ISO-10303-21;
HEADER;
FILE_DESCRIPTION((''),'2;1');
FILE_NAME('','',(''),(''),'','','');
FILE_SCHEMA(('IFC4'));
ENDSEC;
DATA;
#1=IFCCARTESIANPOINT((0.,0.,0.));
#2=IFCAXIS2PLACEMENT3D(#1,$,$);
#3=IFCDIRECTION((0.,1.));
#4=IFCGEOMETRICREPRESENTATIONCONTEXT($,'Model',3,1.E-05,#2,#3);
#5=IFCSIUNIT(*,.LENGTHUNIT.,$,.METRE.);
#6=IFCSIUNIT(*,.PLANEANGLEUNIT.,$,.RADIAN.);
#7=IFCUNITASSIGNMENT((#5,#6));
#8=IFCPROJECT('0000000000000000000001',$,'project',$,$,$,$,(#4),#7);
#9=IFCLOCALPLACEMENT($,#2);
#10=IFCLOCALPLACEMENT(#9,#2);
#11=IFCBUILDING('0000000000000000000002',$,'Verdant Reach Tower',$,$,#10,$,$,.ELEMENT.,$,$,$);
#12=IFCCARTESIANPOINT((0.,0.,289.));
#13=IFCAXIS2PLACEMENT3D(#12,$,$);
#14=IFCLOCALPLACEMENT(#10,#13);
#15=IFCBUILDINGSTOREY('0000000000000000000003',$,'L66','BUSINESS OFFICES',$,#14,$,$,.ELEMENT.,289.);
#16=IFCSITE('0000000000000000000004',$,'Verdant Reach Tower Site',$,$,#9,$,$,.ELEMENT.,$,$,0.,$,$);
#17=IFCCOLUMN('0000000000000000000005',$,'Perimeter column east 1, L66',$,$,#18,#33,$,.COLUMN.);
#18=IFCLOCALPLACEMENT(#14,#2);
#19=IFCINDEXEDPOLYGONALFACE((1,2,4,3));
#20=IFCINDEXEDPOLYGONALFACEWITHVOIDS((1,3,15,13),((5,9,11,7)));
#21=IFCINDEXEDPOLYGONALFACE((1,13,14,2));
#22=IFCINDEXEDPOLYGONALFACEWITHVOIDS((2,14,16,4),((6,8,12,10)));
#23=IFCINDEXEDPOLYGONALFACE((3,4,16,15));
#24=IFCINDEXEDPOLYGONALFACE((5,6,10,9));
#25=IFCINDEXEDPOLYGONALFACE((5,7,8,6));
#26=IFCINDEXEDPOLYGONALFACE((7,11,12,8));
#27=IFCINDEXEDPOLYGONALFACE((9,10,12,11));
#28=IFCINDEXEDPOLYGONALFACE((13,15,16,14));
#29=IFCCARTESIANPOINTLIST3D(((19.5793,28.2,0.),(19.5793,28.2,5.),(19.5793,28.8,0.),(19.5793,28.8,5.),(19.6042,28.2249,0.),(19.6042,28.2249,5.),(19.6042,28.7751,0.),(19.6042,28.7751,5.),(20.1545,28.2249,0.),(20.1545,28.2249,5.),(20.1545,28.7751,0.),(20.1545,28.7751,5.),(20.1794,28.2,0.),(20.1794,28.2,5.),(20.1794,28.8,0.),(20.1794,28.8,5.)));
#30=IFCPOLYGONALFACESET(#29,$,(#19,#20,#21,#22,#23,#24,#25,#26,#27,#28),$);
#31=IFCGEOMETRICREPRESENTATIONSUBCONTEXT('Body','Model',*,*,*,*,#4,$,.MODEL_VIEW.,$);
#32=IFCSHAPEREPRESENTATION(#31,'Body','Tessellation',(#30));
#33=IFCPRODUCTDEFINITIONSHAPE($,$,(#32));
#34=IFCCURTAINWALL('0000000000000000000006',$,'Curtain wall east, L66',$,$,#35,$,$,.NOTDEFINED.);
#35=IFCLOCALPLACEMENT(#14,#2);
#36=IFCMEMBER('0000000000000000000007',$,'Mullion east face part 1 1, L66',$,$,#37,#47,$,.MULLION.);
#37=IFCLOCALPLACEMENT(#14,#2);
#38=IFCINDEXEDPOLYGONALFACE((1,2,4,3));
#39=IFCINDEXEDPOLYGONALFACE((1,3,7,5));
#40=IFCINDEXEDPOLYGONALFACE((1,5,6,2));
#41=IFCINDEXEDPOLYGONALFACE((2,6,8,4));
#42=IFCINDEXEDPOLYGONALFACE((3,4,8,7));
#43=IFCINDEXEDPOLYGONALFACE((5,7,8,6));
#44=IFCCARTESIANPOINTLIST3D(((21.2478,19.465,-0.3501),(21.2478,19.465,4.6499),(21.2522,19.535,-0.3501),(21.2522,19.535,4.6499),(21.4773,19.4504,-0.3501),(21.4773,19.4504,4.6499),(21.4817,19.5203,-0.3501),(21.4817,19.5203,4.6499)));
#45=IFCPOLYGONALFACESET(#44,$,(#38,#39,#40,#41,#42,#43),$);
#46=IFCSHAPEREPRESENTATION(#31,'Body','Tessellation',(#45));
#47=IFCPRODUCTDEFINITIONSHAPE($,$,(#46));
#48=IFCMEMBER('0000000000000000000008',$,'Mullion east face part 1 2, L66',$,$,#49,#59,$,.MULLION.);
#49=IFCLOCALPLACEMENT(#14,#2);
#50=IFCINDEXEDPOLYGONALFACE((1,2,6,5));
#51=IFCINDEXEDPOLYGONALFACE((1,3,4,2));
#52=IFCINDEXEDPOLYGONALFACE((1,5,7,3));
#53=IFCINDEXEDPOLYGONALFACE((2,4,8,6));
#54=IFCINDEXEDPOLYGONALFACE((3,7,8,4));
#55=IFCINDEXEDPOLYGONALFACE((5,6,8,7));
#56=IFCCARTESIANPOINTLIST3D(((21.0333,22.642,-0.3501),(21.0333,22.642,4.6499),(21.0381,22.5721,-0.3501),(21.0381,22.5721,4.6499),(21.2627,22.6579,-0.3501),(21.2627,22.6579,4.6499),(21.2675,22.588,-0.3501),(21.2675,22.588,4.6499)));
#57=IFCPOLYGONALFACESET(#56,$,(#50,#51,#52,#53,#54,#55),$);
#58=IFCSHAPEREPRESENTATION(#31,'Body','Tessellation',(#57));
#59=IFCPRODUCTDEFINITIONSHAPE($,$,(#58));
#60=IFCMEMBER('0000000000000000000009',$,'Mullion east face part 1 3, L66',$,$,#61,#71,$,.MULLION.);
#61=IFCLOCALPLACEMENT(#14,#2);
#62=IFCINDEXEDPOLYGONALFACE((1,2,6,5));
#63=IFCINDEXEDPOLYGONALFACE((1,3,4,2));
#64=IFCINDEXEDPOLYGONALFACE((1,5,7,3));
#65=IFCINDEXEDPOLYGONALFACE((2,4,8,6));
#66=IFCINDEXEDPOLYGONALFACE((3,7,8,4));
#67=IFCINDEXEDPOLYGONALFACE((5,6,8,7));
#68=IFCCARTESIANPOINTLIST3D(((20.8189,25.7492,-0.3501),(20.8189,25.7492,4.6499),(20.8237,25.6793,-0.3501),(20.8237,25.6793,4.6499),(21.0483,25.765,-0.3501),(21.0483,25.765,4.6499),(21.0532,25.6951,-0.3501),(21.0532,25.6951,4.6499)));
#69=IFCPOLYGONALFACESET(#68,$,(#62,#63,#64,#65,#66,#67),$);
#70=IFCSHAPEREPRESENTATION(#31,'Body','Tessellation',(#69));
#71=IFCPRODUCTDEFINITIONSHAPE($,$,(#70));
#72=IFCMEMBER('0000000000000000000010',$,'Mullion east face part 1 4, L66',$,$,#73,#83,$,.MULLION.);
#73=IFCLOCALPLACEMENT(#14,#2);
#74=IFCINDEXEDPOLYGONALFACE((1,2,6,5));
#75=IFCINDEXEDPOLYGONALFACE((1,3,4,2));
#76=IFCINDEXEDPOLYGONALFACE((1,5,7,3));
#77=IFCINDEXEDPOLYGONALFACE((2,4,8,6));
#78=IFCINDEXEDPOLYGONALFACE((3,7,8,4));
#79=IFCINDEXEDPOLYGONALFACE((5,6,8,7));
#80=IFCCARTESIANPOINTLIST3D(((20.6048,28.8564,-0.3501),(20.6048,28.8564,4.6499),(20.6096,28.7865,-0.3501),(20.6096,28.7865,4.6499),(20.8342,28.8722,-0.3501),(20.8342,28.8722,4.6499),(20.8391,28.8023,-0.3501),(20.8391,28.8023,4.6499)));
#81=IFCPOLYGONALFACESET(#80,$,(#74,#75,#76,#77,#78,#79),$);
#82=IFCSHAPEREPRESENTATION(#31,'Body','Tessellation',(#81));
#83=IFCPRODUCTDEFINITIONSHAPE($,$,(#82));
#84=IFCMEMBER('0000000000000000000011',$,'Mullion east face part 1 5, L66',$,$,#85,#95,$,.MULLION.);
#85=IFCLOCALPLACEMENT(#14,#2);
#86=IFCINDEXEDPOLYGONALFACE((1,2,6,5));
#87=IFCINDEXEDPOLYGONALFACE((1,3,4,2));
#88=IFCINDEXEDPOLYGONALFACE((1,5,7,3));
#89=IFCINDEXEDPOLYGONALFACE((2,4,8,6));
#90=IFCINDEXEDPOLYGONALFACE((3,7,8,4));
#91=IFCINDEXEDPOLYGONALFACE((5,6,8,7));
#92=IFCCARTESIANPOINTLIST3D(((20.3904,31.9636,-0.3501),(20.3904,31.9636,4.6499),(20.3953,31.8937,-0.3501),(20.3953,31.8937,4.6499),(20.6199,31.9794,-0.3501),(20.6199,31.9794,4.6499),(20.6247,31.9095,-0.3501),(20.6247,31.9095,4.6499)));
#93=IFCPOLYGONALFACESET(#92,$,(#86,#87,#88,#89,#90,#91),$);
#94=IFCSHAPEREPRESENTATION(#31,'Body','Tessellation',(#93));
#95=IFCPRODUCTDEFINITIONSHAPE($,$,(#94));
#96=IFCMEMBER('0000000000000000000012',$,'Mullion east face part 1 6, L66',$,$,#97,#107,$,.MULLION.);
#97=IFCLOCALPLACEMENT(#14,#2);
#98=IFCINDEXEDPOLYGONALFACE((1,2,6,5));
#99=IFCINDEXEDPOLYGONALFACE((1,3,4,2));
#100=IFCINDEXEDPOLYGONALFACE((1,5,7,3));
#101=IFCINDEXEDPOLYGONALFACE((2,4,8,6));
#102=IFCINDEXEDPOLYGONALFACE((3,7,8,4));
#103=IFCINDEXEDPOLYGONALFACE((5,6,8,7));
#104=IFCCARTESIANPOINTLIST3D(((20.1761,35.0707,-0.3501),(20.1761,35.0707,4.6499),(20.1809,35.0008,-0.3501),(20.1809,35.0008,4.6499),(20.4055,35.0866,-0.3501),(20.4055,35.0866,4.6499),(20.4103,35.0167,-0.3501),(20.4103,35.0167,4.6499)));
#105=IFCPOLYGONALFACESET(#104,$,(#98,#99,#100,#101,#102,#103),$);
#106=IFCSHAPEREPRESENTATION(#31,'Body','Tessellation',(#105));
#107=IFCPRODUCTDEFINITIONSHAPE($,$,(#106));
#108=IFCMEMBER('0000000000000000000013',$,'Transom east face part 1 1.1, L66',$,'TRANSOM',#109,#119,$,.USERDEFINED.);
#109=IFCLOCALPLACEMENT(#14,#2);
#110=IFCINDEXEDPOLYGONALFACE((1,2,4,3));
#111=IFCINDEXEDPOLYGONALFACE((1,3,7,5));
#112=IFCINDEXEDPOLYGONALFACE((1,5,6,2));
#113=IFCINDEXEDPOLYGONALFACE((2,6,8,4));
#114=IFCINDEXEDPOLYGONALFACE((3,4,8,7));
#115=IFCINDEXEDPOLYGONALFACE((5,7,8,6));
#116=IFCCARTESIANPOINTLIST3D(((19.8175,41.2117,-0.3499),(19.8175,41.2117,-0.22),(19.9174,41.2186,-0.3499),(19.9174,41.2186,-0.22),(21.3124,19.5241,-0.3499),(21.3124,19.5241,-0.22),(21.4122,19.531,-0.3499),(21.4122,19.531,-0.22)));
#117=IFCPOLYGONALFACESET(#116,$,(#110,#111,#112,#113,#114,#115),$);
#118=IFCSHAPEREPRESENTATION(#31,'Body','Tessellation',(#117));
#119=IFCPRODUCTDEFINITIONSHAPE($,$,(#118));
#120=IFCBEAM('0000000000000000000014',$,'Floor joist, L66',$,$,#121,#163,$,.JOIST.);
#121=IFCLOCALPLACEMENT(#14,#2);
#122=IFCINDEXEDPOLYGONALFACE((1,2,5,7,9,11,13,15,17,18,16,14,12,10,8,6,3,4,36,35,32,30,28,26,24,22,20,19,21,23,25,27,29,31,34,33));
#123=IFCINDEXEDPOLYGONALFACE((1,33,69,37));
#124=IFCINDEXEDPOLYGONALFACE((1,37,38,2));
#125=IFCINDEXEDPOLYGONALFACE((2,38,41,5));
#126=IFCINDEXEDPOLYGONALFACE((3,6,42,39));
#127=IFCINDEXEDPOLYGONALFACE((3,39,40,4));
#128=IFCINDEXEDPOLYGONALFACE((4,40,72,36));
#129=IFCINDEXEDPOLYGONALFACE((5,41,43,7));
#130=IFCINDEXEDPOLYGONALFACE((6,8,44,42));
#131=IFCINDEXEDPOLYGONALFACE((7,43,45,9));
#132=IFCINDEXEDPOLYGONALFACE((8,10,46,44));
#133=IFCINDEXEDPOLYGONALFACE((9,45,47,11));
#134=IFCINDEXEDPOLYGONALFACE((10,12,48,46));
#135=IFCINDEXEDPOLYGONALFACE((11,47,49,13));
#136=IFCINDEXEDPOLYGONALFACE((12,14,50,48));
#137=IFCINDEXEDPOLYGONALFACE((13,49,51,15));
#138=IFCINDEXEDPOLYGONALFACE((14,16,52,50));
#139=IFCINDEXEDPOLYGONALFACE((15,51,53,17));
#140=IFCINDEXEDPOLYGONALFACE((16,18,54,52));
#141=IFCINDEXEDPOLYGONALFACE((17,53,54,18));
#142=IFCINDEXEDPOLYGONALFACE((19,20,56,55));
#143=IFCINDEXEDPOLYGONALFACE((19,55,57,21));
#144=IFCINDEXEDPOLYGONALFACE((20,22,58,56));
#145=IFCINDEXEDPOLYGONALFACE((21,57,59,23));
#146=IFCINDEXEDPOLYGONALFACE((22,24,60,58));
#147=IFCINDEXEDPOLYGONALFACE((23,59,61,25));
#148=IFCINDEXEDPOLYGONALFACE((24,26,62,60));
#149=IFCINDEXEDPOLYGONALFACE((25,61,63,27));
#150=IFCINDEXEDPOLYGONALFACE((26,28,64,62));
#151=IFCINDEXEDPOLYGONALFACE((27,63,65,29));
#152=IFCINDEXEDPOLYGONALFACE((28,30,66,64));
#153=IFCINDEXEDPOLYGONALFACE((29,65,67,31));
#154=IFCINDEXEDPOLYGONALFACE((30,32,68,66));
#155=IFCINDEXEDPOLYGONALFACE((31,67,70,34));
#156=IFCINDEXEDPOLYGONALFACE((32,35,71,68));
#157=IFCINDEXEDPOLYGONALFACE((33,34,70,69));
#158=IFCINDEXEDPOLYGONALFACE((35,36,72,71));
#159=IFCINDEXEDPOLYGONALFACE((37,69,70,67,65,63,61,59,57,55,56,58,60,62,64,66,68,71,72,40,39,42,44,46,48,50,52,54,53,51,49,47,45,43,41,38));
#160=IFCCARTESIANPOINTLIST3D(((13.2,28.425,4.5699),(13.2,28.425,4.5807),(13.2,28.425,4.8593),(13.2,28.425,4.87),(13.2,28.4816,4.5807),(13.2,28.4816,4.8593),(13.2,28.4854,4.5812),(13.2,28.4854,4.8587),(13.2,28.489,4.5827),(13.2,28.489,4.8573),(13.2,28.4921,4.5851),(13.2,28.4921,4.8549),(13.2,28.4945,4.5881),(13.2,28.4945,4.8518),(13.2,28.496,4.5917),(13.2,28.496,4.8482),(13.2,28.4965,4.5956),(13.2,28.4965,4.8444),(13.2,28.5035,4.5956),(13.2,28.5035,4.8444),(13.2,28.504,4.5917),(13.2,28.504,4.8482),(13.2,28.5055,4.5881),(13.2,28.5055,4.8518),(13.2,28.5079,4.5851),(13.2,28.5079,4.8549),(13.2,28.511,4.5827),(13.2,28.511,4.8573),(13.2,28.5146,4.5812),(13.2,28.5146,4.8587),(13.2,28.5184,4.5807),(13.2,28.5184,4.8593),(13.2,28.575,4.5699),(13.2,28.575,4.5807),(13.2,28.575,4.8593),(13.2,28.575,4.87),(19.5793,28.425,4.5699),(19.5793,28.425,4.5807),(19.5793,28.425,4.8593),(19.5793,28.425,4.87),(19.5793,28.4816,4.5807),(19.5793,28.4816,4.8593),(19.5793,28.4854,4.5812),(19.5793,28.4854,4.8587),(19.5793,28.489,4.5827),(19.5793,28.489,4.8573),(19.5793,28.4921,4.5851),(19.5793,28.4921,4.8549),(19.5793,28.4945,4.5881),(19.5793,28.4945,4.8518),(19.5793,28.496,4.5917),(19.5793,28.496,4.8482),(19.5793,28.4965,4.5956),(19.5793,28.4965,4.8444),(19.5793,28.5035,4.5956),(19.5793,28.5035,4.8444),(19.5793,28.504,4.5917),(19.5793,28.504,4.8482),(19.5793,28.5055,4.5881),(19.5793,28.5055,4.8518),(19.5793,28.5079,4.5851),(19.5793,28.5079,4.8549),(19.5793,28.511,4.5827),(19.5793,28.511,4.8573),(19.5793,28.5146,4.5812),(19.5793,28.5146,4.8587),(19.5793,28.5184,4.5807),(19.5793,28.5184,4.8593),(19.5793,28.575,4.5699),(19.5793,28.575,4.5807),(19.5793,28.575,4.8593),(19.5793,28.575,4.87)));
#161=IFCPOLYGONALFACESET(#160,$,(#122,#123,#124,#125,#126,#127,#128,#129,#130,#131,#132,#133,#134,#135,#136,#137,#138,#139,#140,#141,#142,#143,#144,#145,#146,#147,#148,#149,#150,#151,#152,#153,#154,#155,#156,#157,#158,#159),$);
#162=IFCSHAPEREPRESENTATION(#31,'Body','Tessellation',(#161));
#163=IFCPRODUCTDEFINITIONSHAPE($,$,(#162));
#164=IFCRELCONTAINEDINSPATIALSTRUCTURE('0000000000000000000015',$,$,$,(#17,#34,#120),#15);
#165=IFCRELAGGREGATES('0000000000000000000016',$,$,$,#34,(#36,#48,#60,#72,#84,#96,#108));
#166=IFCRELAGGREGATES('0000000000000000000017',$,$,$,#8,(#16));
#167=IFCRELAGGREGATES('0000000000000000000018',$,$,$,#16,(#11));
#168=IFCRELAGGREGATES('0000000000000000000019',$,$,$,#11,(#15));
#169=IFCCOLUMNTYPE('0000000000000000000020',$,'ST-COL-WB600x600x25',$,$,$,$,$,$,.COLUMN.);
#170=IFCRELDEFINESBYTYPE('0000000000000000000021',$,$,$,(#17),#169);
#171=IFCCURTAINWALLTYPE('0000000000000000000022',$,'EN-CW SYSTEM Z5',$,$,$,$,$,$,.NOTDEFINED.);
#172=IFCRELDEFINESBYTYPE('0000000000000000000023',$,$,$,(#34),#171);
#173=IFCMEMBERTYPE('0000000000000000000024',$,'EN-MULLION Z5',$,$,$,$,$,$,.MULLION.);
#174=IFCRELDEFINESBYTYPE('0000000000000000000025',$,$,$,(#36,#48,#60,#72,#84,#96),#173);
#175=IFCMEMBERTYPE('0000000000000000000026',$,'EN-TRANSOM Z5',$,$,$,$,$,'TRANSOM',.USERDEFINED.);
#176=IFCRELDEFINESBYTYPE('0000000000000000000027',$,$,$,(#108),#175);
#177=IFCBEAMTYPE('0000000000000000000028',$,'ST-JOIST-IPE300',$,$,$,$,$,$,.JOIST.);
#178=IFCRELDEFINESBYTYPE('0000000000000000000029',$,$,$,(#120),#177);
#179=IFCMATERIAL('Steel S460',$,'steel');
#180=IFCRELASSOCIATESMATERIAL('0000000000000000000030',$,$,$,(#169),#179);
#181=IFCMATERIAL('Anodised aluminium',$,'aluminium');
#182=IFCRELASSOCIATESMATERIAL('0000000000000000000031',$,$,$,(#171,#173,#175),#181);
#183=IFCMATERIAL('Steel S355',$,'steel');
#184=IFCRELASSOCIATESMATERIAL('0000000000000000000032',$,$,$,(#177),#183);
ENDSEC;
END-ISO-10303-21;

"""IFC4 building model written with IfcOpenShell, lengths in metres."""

from ifc_helpers import new_model, si_unit, direction, frame, origin, origin_2d, place, context, subcontext, project, spatial, rectangle, hollow_rectangle, i_section, extrude, material, material_profile, profile_set, type_object, element, aggregate, save


model = new_model("IFC4")

# Units and contexts
model_context = context("Model", 3, precision=1e-05, world=origin(), true_north=direction((0.0, 1.0)))
body_context = subcontext(model_context, "Body", "Model", "MODEL_VIEW")
ifc_project = project(units=[si_unit("LENGTHUNIT", "METRE"), si_unit("PLANEANGLEUNIT", "RADIAN")], contexts=[model_context])

# Site, building, storey
site_placement = place(None, origin())
site = spatial("IfcSite", under=ifc_project, at=site_placement, Name="Verdant Reach Tower Site", CompositionType="ELEMENT", RefElevation=0.0)
building_placement = place(site_placement, origin())
building = spatial("IfcBuilding", under=site, at=building_placement, Name="Verdant Reach Tower", CompositionType="ELEMENT")
storey_placement = place(building_placement, frame((0.0, 0.0, 289.0)))
storey = spatial("IfcBuildingStorey", under=building, at=storey_placement, Name="L66", Description="BUSINESS OFFICES", CompositionType="ELEMENT", Elevation=289.0)

# Column
ifc_material_1 = material(Name="Steel S460", Category="steel")
ifc_material_profile_1 = material_profile(ifc_material_1, hollow_rectangle(XDim=0.6001, YDim=0.6001, WallThickness=0.0249, at=origin_2d()), Name="WB 600x600x25")
ifc_profile_set_1 = profile_set([ifc_material_profile_1], Name="Steel S460")
column_type = type_object("IfcColumnType", Name="ST-COL-WB600x600x25", PredefinedType="COLUMN", material=ifc_profile_set_1)
column_placement = place(storey_placement, frame((19.8794, 28.5, 0.0), z_axis=(0.0, 0.0, 1.0), x_axis=(1.0, 0.0, 0.0)))
element("IfcColumn", 1, at=column_placement, inside=storey, type_object=column_type, Name="Perimeter column east 1, L66", PredefinedType="COLUMN", context=body_context, shape_type="SweptSolid", body=[
    extrude(hollow_rectangle(XDim=0.6001, YDim=0.6001, WallThickness=0.0249, at=origin_2d()), origin(), (0.0, 0.0, 1.0), 5.0),
])

# Curtain wall, members
ifc_material_2 = material(Name="Anodised aluminium", Category="aluminium")
curtain_wall_type = type_object("IfcCurtainWallType", Name="EN-CW SYSTEM Z5", PredefinedType="NOTDEFINED", material=ifc_material_2)
curtain_wall_placement = place(storey_placement, origin())
curtain_wall = element("IfcCurtainWall", 2, at=curtain_wall_placement, inside=storey, type_object=curtain_wall_type, Name="Curtain wall east, L66", PredefinedType="NOTDEFINED")
ifc_material_profile_2 = material_profile(ifc_material_2, rectangle(XDim=0.23, YDim=0.0701, at=origin_2d()), Name="Mullion 70x230")
ifc_profile_set_2 = profile_set([ifc_material_profile_2], Name="Anodised aluminium")
member_type_1 = type_object("IfcMemberType", Name="EN-MULLION Z5", PredefinedType="MULLION", material=ifc_profile_set_2)
member_1_placement = place(storey_placement, frame((21.3647, 19.4927, -0.3501), z_axis=(0.0, 0.0, 1.0), x_axis=(0.997969, -0.063699, 0.0)))
member_1 = element("IfcMember", 3, at=member_1_placement, type_object=member_type_1, Name="Mullion east face part 1 1, L66", PredefinedType="MULLION", context=body_context, shape_type="SweptSolid", body=[
    extrude(rectangle(XDim=0.23, YDim=0.0701, at=origin_2d()), origin(), (0.0, 0.0, 1.0), 5.0),
])
member_2_placement = place(storey_placement, frame((21.1504, 22.615, -0.3501), z_axis=(0.0, 0.0, 1.0), x_axis=(0.99763, 0.068802, 0.0)))
member_2 = element("IfcMember", 4, at=member_2_placement, type_object=member_type_1, Name="Mullion east face part 1 2, L66", PredefinedType="MULLION", context=body_context, shape_type="SweptSolid", body=[
    extrude(rectangle(XDim=0.23, YDim=0.0701, at=origin_2d()), origin(), (0.0, 0.0, 1.0), 5.0),
])
member_3_placement = place(storey_placement, frame((20.936, 25.7222, -0.3501), z_axis=(0.0, 0.0, 1.0), x_axis=(0.99763, 0.068802, 0.0)))
member_3 = element("IfcMember", 5, at=member_3_placement, type_object=member_type_1, Name="Mullion east face part 1 3, L66", PredefinedType="MULLION", context=body_context, shape_type="SweptSolid", body=[
    extrude(rectangle(XDim=0.23, YDim=0.0701, at=origin_2d()), origin(), (0.0, 0.0, 1.0), 5.0),
])
member_4_placement = place(storey_placement, frame((20.7219, 28.8293, -0.3501), z_axis=(0.0, 0.0, 1.0), x_axis=(0.99763, 0.068802, 0.0)))
member_4 = element("IfcMember", 6, at=member_4_placement, type_object=member_type_1, Name="Mullion east face part 1 4, L66", PredefinedType="MULLION", context=body_context, shape_type="SweptSolid", body=[
    extrude(rectangle(XDim=0.23, YDim=0.0701, at=origin_2d()), origin(), (0.0, 0.0, 1.0), 5.0),
])
member_5_placement = place(storey_placement, frame((20.5076, 31.9365, -0.3501), z_axis=(0.0, 0.0, 1.0), x_axis=(0.99763, 0.068802, 0.0)))
member_5 = element("IfcMember", 7, at=member_5_placement, type_object=member_type_1, Name="Mullion east face part 1 5, L66", PredefinedType="MULLION", context=body_context, shape_type="SweptSolid", body=[
    extrude(rectangle(XDim=0.23, YDim=0.0701, at=origin_2d()), origin(), (0.0, 0.0, 1.0), 5.0),
])
member_6_placement = place(storey_placement, frame((20.2932, 35.0437, -0.3501), z_axis=(0.0, 0.0, 1.0), x_axis=(0.99763, 0.068802, 0.0)))
member_6 = element("IfcMember", 8, at=member_6_placement, type_object=member_type_1, Name="Mullion east face part 1 6, L66", PredefinedType="MULLION", context=body_context, shape_type="SweptSolid", body=[
    extrude(rectangle(XDim=0.23, YDim=0.0701, at=origin_2d()), origin(), (0.0, 0.0, 1.0), 5.0),
])
ifc_material_profile_3 = material_profile(ifc_material_2, rectangle(XDim=0.1001, YDim=0.1299, at=origin_2d()), Name="Transom 130x100")
ifc_profile_set_3 = profile_set([ifc_material_profile_3], Name="Anodised aluminium")
member_type_2 = type_object("IfcMemberType", Name="EN-TRANSOM Z5", ElementType="TRANSOM", PredefinedType="USERDEFINED", material=ifc_profile_set_3)
member_7_placement = place(storey_placement, frame((21.3623, 19.5276, -0.2849), z_axis=(-0.068765, 0.997633, 0.0), x_axis=(-0.997633, -0.068765, 0.0)))
member_7 = element("IfcMember", 9, at=member_7_placement, type_object=member_type_2, Name="Transom east face part 1 1.1, L66", ObjectType="TRANSOM", PredefinedType="USERDEFINED", context=body_context, shape_type="SweptSolid", body=[
    extrude(rectangle(XDim=0.1001, YDim=0.1299, at=origin_2d()), origin(), (0.0, 0.0, 1.0), 21.739),
])

# Beam
ifc_material_3 = material(Name="Steel S355", Category="steel")
ifc_material_profile_4 = material_profile(ifc_material_3, i_section(OverallWidth=0.1499, OverallDepth=0.3, WebThickness=0.0071, FlangeThickness=0.0107, FilletRadius=0.0149, at=origin_2d()), Name="IPE 300")
ifc_profile_set_4 = profile_set([ifc_material_profile_4], Name="Steel S355")
beam_type_1 = type_object("IfcBeamType", Name="ST-JOIST-IPE300", PredefinedType="JOIST", material=ifc_profile_set_4)
beam_1_placement = place(storey_placement, frame((13.2, 28.5, 4.72), z_axis=(1.0, 0.0, 0.0), x_axis=(0.0, 1.0, 0.0)))
element("IfcBeam", 10, at=beam_1_placement, inside=storey, type_object=beam_type_1, Name="Floor joist, L66", PredefinedType="JOIST", context=body_context, shape_type="SweptSolid", body=[
    extrude(i_section(OverallWidth=0.1499, OverallDepth=0.3, WebThickness=0.0071, FlangeThickness=0.0107, FilletRadius=0.0149, at=origin_2d()), origin(), (0.0, 0.0, 1.0), 6.3794),
])

aggregate(curtain_wall, [member_1, member_2, member_3, member_4, member_5, member_6, member_7])

save(model, "model.ifc")
